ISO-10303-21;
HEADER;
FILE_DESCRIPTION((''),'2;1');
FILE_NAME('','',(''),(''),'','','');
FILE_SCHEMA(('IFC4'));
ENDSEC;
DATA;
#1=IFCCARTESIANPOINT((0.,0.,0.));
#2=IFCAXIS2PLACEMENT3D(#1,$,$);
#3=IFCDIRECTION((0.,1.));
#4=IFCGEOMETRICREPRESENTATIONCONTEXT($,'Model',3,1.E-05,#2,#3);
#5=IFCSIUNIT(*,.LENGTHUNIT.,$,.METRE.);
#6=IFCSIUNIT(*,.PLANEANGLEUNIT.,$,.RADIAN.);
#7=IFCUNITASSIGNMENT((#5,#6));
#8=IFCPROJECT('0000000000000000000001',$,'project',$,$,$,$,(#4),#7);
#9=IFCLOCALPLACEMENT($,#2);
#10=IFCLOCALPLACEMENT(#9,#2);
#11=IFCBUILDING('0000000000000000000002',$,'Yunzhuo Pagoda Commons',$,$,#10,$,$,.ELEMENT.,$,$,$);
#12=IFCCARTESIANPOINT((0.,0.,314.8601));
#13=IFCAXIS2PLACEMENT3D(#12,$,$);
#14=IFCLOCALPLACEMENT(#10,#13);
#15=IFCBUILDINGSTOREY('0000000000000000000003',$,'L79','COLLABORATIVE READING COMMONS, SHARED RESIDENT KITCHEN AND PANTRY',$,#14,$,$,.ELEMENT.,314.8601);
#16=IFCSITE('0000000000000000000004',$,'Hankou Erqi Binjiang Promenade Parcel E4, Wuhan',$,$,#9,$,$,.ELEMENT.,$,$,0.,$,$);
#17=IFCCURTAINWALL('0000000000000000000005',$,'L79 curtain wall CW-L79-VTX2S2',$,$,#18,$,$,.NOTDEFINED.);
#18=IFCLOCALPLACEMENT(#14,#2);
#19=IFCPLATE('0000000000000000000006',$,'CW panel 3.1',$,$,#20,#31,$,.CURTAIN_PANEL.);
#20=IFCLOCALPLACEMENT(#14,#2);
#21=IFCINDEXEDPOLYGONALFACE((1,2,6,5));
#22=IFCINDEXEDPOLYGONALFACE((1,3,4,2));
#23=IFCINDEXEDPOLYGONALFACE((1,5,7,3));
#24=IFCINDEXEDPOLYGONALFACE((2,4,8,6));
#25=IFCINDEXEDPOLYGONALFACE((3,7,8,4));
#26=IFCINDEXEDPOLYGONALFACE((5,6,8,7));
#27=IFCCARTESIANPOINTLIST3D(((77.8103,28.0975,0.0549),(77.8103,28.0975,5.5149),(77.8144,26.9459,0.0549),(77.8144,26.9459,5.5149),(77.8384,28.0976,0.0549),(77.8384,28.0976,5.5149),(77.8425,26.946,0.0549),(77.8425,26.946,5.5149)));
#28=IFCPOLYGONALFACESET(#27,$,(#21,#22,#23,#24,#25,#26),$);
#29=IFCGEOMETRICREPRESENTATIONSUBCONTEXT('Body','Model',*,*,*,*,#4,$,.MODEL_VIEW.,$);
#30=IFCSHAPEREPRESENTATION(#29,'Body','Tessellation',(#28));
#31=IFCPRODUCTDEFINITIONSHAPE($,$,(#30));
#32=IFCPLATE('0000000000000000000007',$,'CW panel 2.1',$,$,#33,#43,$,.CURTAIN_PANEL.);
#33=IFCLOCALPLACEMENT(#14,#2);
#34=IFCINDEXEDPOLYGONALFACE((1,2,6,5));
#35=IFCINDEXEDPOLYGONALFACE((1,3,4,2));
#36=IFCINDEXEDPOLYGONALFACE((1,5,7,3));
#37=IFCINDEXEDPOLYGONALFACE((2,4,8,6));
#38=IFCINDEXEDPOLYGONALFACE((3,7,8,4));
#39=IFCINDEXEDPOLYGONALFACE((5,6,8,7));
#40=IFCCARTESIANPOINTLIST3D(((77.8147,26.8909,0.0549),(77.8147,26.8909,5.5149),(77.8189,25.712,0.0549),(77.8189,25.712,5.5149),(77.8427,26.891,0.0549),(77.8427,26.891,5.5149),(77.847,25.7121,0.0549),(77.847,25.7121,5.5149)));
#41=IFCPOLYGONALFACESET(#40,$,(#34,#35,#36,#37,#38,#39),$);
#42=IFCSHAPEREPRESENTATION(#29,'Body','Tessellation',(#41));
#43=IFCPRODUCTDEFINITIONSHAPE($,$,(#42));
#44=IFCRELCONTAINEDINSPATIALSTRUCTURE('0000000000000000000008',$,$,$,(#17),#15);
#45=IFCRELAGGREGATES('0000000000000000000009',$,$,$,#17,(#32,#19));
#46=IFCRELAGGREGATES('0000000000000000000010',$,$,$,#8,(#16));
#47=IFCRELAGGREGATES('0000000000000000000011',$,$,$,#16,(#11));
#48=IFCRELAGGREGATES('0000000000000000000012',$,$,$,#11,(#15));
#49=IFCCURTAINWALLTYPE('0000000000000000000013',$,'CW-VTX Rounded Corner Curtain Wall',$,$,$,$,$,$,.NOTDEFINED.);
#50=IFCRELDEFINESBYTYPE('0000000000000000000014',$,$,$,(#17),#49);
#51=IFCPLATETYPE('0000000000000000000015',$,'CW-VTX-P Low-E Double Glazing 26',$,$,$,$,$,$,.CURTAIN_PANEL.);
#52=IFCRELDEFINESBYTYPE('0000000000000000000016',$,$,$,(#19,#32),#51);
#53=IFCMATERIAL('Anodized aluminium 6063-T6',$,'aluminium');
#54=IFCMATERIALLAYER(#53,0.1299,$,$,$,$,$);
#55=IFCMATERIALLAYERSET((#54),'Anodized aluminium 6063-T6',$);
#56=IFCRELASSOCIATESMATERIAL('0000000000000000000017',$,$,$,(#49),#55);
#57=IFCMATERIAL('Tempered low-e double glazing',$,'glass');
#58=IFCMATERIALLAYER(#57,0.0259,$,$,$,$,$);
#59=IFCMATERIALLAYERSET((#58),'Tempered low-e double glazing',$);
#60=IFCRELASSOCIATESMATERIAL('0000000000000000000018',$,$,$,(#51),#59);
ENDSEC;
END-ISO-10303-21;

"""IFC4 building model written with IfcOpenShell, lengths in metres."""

from ifc_helpers import new_model, si_unit, direction, frame, origin, origin_2d, place, context, subcontext, project, spatial, rectangle, extrude, source, transform, mapped, material, layer, layer_set, type_object, element, aggregate, save


model = new_model("IFC4")

# Units and contexts
model_context = context("Model", 3, precision=1e-05, world=origin(), true_north=direction((0.0, 1.0)))
body_context = subcontext(model_context, "Body", "Model", "MODEL_VIEW")
ifc_project = project(units=[si_unit("LENGTHUNIT", "METRE"), si_unit("PLANEANGLEUNIT", "RADIAN")], contexts=[model_context])

# Site, building, storey
site_placement = place(None, origin())
site = spatial("IfcSite", under=ifc_project, at=site_placement, Name="Hankou Erqi Binjiang Promenade Parcel E4, Wuhan", CompositionType="ELEMENT", RefElevation=0.0)
building_placement = place(site_placement, origin())
building = spatial("IfcBuilding", under=site, at=building_placement, Name="Yunzhuo Pagoda Commons", CompositionType="ELEMENT")
storey_placement = place(building_placement, frame((0.0, 0.0, 314.8601)))
storey = spatial("IfcBuildingStorey", under=building, at=storey_placement, Name="L79", Description="COLLABORATIVE READING COMMONS, SHARED RESIDENT KITCHEN AND PANTRY", CompositionType="ELEMENT", Elevation=314.8601)

# Curtain wall
ifc_material_1 = material(Name="Anodized aluminium 6063-T6", Category="aluminium")
ifc_layer_1 = layer(ifc_material_1, 0.1299)
ifc_layer_set_1 = layer_set([ifc_layer_1], Name="Anodized aluminium 6063-T6")
curtain_wall_type_1 = type_object("IfcCurtainWallType", Name="CW-VTX Rounded Corner Curtain Wall", PredefinedType="NOTDEFINED", material=ifc_layer_set_1)
curtain_wall_1_placement = place(storey_placement, origin())
curtain_wall_1 = element("IfcCurtainWall", 1, at=curtain_wall_1_placement, inside=storey, type_object=curtain_wall_type_1, Name="L79 curtain wall CW-L79-VTX2S2", PredefinedType="NOTDEFINED")

# Plates
ifc_material_2 = material(Name="Tempered low-e double glazing", Category="glass")
ifc_layer_2 = layer(ifc_material_2, 0.0259)
ifc_layer_set_2 = layer_set([ifc_layer_2], Name="Tempered low-e double glazing")
plate_type_1 = type_object("IfcPlateType", Name="CW-VTX-P Low-E Double Glazing 26", PredefinedType="CURTAIN_PANEL", material=ifc_layer_set_2)
shared_shape_1 = source(origin(), body_context, "Body", "SweptSolid", [
    extrude(rectangle(XDim=1.1516, YDim=0.0281, at=origin_2d()), origin(), (0.0, 0.0, 1.0), 5.46),
])
plate_1_placement = place(storey_placement, frame((77.8264, 27.5217, 0.0549), z_axis=(0.0, 0.0, 1.0), x_axis=(-0.003592, 0.999994, 0.0)))
plate_1 = element("IfcPlate", 2, at=plate_1_placement, type_object=plate_type_1, Name="CW panel 3.1", PredefinedType="CURTAIN_PANEL", context=body_context, shape_type="MappedRepresentation", body=[
    mapped(shared_shape_1, transform((0.0, 0.0, 0.0), scale=1.0)),
])
shared_shape_2 = source(origin(), body_context, "Body", "SweptSolid", [
    extrude(rectangle(XDim=1.179, YDim=0.0281, at=origin_2d()), origin(), (0.0, 0.0, 1.0), 5.46),
])
plate_2_placement = place(storey_placement, frame((77.8308, 26.3015, 0.0549), z_axis=(0.0, 0.0, 1.0), x_axis=(-0.003592, 0.999994, 0.0)))
plate_2 = element("IfcPlate", 3, at=plate_2_placement, type_object=plate_type_1, Name="CW panel 2.1", PredefinedType="CURTAIN_PANEL", context=body_context, shape_type="MappedRepresentation", body=[
    mapped(shared_shape_2, transform((0.0, 0.0, 0.0), scale=1.0)),
])
aggregate(curtain_wall_1, [plate_2, plate_1])

save(model, "model.ifc")
